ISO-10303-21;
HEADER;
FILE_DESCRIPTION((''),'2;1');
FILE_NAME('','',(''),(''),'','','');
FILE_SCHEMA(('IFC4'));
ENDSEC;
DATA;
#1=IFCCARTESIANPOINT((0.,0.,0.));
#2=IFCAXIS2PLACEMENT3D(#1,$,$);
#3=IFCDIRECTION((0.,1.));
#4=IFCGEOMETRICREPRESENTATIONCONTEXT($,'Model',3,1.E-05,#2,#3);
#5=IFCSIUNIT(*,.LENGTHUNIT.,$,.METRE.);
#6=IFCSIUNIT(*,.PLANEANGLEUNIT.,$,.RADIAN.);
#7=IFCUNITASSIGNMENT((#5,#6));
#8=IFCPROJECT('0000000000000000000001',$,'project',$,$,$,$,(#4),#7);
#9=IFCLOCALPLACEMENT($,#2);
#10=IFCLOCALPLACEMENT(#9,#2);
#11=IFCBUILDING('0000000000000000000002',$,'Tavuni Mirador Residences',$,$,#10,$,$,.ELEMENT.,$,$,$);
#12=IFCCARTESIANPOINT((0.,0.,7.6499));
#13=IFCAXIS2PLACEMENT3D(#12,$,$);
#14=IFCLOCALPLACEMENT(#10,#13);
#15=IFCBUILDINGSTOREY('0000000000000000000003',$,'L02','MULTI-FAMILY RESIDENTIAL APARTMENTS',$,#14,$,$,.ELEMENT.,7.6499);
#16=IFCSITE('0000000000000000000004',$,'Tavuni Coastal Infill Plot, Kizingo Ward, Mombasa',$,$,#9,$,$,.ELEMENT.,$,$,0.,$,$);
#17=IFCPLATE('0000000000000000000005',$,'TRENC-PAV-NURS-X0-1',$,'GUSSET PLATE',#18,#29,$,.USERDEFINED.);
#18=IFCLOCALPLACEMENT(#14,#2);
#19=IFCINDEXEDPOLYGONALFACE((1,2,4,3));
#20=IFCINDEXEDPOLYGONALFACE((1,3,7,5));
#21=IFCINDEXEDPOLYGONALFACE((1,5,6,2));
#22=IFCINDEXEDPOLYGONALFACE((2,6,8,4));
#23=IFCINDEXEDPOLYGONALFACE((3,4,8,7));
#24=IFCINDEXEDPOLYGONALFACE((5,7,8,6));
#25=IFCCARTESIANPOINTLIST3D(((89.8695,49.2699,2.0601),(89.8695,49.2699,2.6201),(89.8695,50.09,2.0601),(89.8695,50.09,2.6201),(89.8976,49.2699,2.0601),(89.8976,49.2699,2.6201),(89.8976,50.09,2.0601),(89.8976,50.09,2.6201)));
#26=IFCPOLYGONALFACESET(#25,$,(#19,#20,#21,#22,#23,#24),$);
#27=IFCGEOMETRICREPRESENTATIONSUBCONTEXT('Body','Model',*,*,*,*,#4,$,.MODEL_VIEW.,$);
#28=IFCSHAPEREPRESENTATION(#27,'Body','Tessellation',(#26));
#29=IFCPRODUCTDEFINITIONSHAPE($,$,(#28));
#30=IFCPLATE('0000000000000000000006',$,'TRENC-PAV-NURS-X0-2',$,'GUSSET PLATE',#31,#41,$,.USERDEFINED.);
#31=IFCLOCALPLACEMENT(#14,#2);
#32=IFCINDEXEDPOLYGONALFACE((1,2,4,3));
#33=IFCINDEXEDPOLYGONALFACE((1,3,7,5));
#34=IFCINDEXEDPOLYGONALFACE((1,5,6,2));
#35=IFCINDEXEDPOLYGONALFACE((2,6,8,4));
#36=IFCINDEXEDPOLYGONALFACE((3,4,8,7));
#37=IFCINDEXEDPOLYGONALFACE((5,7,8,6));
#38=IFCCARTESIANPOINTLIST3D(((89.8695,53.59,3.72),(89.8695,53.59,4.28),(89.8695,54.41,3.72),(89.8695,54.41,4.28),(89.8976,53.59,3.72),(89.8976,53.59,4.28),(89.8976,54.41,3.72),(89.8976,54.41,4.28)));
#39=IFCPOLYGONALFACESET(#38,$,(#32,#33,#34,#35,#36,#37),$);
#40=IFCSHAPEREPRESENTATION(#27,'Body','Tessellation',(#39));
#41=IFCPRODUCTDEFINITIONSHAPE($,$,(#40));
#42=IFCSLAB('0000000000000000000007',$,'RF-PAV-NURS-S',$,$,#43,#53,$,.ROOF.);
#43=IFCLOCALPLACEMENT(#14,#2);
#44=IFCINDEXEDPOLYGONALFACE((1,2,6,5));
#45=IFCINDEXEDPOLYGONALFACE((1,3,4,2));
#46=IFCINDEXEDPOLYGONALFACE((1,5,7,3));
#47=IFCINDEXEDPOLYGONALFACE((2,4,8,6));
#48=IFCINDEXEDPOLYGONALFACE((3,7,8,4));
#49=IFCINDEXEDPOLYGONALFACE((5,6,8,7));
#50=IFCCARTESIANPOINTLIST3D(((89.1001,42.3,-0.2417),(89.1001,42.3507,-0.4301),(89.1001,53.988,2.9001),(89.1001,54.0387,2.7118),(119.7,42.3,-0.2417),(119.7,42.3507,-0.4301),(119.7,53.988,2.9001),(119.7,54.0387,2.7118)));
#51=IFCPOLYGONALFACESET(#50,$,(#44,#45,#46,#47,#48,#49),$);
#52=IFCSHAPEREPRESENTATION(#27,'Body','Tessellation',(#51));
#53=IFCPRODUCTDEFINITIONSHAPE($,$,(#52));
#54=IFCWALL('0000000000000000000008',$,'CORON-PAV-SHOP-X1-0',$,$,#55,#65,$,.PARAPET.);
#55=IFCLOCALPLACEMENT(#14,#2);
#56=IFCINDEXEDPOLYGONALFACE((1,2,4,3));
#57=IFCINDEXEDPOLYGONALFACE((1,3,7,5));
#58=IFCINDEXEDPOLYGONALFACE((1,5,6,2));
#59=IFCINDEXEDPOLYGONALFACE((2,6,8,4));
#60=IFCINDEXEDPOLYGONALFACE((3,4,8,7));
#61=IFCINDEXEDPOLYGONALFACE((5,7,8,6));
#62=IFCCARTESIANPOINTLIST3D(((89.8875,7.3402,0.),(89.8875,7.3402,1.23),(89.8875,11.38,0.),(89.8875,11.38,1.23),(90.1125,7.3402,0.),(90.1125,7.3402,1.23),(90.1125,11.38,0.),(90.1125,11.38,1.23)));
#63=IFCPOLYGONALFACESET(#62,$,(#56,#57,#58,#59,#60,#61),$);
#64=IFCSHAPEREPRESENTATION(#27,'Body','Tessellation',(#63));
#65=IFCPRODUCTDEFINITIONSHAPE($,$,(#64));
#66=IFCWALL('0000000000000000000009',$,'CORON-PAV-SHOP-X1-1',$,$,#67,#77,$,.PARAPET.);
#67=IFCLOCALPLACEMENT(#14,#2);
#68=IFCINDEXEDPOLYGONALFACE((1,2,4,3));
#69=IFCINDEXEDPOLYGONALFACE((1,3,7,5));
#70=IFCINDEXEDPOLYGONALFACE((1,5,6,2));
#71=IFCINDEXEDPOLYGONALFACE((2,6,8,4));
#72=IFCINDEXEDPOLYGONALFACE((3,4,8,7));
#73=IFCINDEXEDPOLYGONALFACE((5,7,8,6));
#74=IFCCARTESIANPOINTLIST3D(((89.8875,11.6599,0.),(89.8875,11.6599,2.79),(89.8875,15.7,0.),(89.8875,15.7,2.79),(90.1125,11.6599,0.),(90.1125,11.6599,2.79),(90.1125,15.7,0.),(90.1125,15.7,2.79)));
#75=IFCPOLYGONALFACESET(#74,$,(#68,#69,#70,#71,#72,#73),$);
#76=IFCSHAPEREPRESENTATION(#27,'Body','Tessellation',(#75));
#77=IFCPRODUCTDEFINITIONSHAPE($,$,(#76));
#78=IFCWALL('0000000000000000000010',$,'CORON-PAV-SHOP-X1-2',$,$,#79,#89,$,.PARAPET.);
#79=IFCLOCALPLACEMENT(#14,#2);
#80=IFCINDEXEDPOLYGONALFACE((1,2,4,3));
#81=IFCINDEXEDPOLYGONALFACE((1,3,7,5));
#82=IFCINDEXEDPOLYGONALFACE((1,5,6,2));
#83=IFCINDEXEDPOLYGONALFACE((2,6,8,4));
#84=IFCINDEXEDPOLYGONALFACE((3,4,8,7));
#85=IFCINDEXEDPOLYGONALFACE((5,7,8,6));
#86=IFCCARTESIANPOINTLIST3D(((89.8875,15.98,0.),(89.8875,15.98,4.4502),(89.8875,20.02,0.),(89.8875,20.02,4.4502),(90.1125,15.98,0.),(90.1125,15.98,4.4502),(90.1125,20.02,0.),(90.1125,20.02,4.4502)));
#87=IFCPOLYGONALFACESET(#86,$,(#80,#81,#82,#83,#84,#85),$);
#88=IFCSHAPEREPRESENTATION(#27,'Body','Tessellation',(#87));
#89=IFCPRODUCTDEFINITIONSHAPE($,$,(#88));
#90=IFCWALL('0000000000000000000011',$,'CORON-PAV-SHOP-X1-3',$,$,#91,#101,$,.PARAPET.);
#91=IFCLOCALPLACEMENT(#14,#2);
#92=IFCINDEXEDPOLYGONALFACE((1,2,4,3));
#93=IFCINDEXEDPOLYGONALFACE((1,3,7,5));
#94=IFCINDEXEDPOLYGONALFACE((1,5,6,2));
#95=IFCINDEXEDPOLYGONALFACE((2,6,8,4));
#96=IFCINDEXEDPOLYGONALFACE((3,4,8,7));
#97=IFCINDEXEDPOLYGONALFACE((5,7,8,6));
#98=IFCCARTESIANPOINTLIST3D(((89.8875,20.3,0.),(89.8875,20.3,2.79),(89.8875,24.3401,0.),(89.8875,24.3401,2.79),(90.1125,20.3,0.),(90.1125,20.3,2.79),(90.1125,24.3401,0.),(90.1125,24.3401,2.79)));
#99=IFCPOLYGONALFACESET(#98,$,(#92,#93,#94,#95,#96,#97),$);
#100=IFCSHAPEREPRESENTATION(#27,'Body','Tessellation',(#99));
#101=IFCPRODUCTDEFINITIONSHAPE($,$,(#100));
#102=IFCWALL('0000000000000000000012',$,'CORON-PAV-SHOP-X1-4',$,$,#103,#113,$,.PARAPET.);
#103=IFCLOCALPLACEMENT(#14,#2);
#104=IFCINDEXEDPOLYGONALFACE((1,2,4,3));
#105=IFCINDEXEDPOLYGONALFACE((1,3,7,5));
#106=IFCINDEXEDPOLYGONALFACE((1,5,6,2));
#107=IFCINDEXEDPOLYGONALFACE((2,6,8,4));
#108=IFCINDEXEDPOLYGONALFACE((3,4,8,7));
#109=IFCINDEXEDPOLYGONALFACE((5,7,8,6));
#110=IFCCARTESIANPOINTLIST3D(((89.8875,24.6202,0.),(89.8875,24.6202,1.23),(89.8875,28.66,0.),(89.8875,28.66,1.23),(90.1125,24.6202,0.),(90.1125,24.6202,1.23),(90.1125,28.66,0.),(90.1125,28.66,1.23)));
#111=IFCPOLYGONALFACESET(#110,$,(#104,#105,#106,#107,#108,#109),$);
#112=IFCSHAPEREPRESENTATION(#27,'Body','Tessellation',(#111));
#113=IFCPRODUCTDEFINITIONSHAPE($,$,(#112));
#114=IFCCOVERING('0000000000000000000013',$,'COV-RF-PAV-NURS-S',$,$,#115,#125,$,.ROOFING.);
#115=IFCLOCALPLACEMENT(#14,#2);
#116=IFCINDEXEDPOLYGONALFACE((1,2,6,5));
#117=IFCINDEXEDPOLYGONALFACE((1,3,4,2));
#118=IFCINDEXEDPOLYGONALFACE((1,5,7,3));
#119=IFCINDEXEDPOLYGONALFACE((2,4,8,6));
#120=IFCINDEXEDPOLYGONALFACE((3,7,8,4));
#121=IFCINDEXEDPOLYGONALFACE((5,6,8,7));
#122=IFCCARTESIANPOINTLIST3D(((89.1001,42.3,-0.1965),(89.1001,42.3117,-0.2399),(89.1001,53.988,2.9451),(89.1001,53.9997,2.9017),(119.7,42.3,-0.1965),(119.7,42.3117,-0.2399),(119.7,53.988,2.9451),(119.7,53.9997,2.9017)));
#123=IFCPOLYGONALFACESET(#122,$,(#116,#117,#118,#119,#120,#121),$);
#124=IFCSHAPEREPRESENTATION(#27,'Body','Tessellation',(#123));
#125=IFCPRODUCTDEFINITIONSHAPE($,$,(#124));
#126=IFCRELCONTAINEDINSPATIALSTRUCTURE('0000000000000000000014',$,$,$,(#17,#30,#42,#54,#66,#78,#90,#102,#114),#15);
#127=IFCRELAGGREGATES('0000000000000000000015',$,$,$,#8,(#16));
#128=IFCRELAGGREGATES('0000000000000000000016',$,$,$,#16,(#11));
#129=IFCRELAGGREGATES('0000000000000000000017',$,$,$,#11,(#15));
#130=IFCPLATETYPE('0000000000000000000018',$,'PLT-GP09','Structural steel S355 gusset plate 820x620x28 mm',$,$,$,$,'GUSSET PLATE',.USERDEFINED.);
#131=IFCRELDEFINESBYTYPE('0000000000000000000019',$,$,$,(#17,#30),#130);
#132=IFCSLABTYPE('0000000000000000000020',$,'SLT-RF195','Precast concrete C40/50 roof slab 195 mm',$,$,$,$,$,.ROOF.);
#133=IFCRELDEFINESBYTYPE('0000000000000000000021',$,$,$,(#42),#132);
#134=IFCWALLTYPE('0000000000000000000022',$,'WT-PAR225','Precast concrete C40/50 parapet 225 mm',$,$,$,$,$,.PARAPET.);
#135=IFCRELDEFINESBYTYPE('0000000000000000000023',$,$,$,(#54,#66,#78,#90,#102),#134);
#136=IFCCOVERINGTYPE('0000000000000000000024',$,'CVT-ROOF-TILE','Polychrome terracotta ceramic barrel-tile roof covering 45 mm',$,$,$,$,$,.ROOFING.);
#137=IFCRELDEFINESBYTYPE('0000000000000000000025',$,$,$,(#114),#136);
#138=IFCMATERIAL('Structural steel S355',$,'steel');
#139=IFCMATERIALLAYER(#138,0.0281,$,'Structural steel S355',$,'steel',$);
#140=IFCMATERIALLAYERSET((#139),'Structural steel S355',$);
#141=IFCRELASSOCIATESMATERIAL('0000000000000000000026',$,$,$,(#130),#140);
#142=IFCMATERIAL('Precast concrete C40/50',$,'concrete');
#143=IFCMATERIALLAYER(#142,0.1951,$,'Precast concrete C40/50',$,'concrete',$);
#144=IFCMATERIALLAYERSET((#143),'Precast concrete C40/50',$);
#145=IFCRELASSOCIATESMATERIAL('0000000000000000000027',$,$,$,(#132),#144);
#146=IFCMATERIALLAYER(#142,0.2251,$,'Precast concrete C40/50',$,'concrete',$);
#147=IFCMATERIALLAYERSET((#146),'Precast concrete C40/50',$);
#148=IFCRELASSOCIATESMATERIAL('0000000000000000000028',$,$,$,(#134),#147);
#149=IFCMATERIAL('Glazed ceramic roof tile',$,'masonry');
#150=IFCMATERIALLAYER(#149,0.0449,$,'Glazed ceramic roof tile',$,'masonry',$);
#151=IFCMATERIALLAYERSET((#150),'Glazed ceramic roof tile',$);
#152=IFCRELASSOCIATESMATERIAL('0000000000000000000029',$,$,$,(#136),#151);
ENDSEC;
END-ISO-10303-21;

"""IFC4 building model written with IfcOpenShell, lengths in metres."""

from ifc_helpers import new_model, si_unit, direction, frame, frame_2d, origin, origin_2d, place, context, subcontext, project, spatial, polyline, rectangle, outline, extrude, material, layer, layer_set, type_object, element, save


model = new_model("IFC4")

# Units and contexts
model_context = context("Model", 3, precision=1e-05, world=origin(), true_north=direction((0.0, 1.0)))
body_context = subcontext(model_context, "Body", "Model", "MODEL_VIEW")
ifc_project = project(units=[si_unit("LENGTHUNIT", "METRE"), si_unit("PLANEANGLEUNIT", "RADIAN")], contexts=[model_context])

# Site, building, storey
site_placement = place(None, origin())
site = spatial("IfcSite", under=ifc_project, at=site_placement, Name="Tavuni Coastal Infill Plot, Kizingo Ward, Mombasa", CompositionType="ELEMENT", RefElevation=0.0)
building_placement = place(site_placement, origin())
building = spatial("IfcBuilding", under=site, at=building_placement, Name="Tavuni Mirador Residences", CompositionType="ELEMENT")
storey_placement = place(building_placement, frame((0.0, 0.0, 7.6499)))
storey = spatial("IfcBuildingStorey", under=building, at=storey_placement, Name="L02", Description="MULTI-FAMILY RESIDENTIAL APARTMENTS", CompositionType="ELEMENT", Elevation=7.6499)

# Shared definitions
ifc_material_1 = material(Name="Structural steel S355", Category="steel")

# Plates
ifc_layer_1 = layer(ifc_material_1, 0.0281, Name="Structural steel S355", Category="steel")
ifc_layer_set_1 = layer_set([ifc_layer_1], Name="Structural steel S355")
plate_type = type_object("IfcPlateType", Name="PLT-GP09", Description="Structural steel S355 gusset plate 820x620x28 mm", ElementType="GUSSET PLATE", PredefinedType="USERDEFINED", material=ifc_layer_set_1)
for number, where, z_axis, x_axis, name in (
    (1, (89.8835, 49.6799, 2.0601), (0.0, 0.0, 1.0), (0.0, 1.0, 0.0), "TRENC-PAV-NURS-X0-1"),
    (2, (89.8835, 54.0, 3.72), (0.0, 0.0, 1.0), (0.0, 1.0, 0.0), "TRENC-PAV-NURS-X0-2"),
):
    element("IfcPlate", number, at=place(storey_placement, frame(where, z_axis=z_axis, x_axis=x_axis)), inside=storey, type_object=plate_type, Name=name, ObjectType="GUSSET PLATE", PredefinedType="USERDEFINED", context=body_context, shape_type="SweptSolid", body=[
        extrude(rectangle(XDim=0.8201, YDim=0.0281, at=origin_2d()), origin(), (0.0, 0.0, 1.0), 0.5601),
    ])

# Slab
ifc_material_2 = material(Name="Precast concrete C40/50", Category="concrete")
ifc_layer_2 = layer(ifc_material_2, 0.1951, Name="Precast concrete C40/50", Category="concrete")
ifc_layer_set_2 = layer_set([ifc_layer_2], Name="Precast concrete C40/50")
slab_type = type_object("IfcSlabType", Name="SLT-RF195", Description="Precast concrete C40/50 roof slab 195 mm", PredefinedType="ROOF", material=ifc_layer_set_2)
slab_placement = place(storey_placement, frame((89.1001, 42.3, -0.2417), z_axis=(0.0, -0.259594, 0.965718), x_axis=(1.0, 0.0, 0.0)))
element("IfcSlab", 3, at=slab_placement, inside=storey, type_object=slab_type, Name="RF-PAV-NURS-S", PredefinedType="ROOF", context=body_context, shape_type="SweptSolid", body=[
    extrude(outline(polyline([(0.0, 0.0), (30.5999, 0.0), (30.5999, 12.1029), (0.0, 12.1029), (0.0, 0.0)])), origin(), (0.0, 0.0, -1.0), 0.1951),
])

# Walls
ifc_layer_3 = layer(ifc_material_2, 0.2251, Name="Precast concrete C40/50", Category="concrete")
ifc_layer_set_3 = layer_set([ifc_layer_3], Name="Precast concrete C40/50")
wall_type = type_object("IfcWallType", Name="WT-PAR225", Description="Precast concrete C40/50 parapet 225 mm", PredefinedType="PARAPET", material=ifc_layer_set_3)
wall_1_placement = place(storey_placement, frame((90.0, 7.3401, 0.0), z_axis=(0.0, 0.0, 1.0), x_axis=(0.0, 1.0, 0.0)))
element("IfcWall", 4, at=wall_1_placement, inside=storey, type_object=wall_type, Name="CORON-PAV-SHOP-X1-0", PredefinedType="PARAPET", context=body_context, shape_type="SweptSolid", body=[
    extrude(rectangle(XDim=4.0398, YDim=0.2251, at=frame_2d((2.02, 0.0))), origin(), (0.0, 0.0, 1.0), 1.23),
])
wall_2_placement = place(storey_placement, frame((90.0, 11.6599, 0.0), z_axis=(0.0, 0.0, 1.0), x_axis=(0.0, 1.0, 0.0)))
element("IfcWall", 5, at=wall_2_placement, inside=storey, type_object=wall_type, Name="CORON-PAV-SHOP-X1-1", PredefinedType="PARAPET", context=body_context, shape_type="SweptSolid", body=[
    extrude(rectangle(XDim=4.04, YDim=0.2251, at=frame_2d((2.02, 0.0))), origin(), (0.0, 0.0, 1.0), 2.79),
])
wall_3_placement = place(storey_placement, frame((90.0, 15.98, 0.0), z_axis=(0.0, 0.0, 1.0), x_axis=(0.0, 1.0, 0.0)))
element("IfcWall", 6, at=wall_3_placement, inside=storey, type_object=wall_type, Name="CORON-PAV-SHOP-X1-2", PredefinedType="PARAPET", context=body_context, shape_type="SweptSolid", body=[
    extrude(rectangle(XDim=4.04, YDim=0.2251, at=frame_2d((2.02, 0.0))), origin(), (0.0, 0.0, 1.0), 4.4502),
])
wall_4_placement = place(storey_placement, frame((90.0, 20.3, 0.0), z_axis=(0.0, 0.0, 1.0), x_axis=(0.0, 1.0, 0.0)))
element("IfcWall", 7, at=wall_4_placement, inside=storey, type_object=wall_type, Name="CORON-PAV-SHOP-X1-3", PredefinedType="PARAPET", context=body_context, shape_type="SweptSolid", body=[
    extrude(rectangle(XDim=4.04, YDim=0.2251, at=frame_2d((2.02, 0.0))), origin(), (0.0, 0.0, 1.0), 2.79),
])
wall_5_placement = place(storey_placement, frame((90.0, 24.6201, 0.0), z_axis=(0.0, 0.0, 1.0), x_axis=(0.0, 1.0, 0.0)))
element("IfcWall", 8, at=wall_5_placement, inside=storey, type_object=wall_type, Name="CORON-PAV-SHOP-X1-4", PredefinedType="PARAPET", context=body_context, shape_type="SweptSolid", body=[
    extrude(rectangle(XDim=4.0398, YDim=0.2251, at=frame_2d((2.02, 0.0))), origin(), (0.0, 0.0, 1.0), 1.23),
])

# Covering
ifc_material_3 = material(Name="Glazed ceramic roof tile", Category="masonry")
ifc_layer_4 = layer(ifc_material_3, 0.0449, Name="Glazed ceramic roof tile", Category="masonry")
ifc_layer_set_4 = layer_set([ifc_layer_4], Name="Glazed ceramic roof tile")
covering_type = type_object("IfcCoveringType", Name="CVT-ROOF-TILE", Description="Polychrome terracotta ceramic barrel-tile roof covering 45 mm", PredefinedType="ROOFING", material=ifc_layer_set_4)
covering_placement = place(storey_placement, frame((89.1001, 42.3, -0.1965), z_axis=(0.0, -0.259576, 0.965723), x_axis=(1.0, 0.0, 0.0)))
element("IfcCovering", 9, at=covering_placement, inside=storey, type_object=covering_type, Name="COV-RF-PAV-NURS-S", PredefinedType="ROOFING", context=body_context, shape_type="SweptSolid", body=[
    extrude(outline(polyline([(0.0, 0.0), (30.5999, 0.0), (30.5999, 12.1028), (0.0, 12.1028), (0.0, 0.0)])), origin(), (0.0, 0.0, -1.0), 0.0449),
])

save(model, "model.ifc")
